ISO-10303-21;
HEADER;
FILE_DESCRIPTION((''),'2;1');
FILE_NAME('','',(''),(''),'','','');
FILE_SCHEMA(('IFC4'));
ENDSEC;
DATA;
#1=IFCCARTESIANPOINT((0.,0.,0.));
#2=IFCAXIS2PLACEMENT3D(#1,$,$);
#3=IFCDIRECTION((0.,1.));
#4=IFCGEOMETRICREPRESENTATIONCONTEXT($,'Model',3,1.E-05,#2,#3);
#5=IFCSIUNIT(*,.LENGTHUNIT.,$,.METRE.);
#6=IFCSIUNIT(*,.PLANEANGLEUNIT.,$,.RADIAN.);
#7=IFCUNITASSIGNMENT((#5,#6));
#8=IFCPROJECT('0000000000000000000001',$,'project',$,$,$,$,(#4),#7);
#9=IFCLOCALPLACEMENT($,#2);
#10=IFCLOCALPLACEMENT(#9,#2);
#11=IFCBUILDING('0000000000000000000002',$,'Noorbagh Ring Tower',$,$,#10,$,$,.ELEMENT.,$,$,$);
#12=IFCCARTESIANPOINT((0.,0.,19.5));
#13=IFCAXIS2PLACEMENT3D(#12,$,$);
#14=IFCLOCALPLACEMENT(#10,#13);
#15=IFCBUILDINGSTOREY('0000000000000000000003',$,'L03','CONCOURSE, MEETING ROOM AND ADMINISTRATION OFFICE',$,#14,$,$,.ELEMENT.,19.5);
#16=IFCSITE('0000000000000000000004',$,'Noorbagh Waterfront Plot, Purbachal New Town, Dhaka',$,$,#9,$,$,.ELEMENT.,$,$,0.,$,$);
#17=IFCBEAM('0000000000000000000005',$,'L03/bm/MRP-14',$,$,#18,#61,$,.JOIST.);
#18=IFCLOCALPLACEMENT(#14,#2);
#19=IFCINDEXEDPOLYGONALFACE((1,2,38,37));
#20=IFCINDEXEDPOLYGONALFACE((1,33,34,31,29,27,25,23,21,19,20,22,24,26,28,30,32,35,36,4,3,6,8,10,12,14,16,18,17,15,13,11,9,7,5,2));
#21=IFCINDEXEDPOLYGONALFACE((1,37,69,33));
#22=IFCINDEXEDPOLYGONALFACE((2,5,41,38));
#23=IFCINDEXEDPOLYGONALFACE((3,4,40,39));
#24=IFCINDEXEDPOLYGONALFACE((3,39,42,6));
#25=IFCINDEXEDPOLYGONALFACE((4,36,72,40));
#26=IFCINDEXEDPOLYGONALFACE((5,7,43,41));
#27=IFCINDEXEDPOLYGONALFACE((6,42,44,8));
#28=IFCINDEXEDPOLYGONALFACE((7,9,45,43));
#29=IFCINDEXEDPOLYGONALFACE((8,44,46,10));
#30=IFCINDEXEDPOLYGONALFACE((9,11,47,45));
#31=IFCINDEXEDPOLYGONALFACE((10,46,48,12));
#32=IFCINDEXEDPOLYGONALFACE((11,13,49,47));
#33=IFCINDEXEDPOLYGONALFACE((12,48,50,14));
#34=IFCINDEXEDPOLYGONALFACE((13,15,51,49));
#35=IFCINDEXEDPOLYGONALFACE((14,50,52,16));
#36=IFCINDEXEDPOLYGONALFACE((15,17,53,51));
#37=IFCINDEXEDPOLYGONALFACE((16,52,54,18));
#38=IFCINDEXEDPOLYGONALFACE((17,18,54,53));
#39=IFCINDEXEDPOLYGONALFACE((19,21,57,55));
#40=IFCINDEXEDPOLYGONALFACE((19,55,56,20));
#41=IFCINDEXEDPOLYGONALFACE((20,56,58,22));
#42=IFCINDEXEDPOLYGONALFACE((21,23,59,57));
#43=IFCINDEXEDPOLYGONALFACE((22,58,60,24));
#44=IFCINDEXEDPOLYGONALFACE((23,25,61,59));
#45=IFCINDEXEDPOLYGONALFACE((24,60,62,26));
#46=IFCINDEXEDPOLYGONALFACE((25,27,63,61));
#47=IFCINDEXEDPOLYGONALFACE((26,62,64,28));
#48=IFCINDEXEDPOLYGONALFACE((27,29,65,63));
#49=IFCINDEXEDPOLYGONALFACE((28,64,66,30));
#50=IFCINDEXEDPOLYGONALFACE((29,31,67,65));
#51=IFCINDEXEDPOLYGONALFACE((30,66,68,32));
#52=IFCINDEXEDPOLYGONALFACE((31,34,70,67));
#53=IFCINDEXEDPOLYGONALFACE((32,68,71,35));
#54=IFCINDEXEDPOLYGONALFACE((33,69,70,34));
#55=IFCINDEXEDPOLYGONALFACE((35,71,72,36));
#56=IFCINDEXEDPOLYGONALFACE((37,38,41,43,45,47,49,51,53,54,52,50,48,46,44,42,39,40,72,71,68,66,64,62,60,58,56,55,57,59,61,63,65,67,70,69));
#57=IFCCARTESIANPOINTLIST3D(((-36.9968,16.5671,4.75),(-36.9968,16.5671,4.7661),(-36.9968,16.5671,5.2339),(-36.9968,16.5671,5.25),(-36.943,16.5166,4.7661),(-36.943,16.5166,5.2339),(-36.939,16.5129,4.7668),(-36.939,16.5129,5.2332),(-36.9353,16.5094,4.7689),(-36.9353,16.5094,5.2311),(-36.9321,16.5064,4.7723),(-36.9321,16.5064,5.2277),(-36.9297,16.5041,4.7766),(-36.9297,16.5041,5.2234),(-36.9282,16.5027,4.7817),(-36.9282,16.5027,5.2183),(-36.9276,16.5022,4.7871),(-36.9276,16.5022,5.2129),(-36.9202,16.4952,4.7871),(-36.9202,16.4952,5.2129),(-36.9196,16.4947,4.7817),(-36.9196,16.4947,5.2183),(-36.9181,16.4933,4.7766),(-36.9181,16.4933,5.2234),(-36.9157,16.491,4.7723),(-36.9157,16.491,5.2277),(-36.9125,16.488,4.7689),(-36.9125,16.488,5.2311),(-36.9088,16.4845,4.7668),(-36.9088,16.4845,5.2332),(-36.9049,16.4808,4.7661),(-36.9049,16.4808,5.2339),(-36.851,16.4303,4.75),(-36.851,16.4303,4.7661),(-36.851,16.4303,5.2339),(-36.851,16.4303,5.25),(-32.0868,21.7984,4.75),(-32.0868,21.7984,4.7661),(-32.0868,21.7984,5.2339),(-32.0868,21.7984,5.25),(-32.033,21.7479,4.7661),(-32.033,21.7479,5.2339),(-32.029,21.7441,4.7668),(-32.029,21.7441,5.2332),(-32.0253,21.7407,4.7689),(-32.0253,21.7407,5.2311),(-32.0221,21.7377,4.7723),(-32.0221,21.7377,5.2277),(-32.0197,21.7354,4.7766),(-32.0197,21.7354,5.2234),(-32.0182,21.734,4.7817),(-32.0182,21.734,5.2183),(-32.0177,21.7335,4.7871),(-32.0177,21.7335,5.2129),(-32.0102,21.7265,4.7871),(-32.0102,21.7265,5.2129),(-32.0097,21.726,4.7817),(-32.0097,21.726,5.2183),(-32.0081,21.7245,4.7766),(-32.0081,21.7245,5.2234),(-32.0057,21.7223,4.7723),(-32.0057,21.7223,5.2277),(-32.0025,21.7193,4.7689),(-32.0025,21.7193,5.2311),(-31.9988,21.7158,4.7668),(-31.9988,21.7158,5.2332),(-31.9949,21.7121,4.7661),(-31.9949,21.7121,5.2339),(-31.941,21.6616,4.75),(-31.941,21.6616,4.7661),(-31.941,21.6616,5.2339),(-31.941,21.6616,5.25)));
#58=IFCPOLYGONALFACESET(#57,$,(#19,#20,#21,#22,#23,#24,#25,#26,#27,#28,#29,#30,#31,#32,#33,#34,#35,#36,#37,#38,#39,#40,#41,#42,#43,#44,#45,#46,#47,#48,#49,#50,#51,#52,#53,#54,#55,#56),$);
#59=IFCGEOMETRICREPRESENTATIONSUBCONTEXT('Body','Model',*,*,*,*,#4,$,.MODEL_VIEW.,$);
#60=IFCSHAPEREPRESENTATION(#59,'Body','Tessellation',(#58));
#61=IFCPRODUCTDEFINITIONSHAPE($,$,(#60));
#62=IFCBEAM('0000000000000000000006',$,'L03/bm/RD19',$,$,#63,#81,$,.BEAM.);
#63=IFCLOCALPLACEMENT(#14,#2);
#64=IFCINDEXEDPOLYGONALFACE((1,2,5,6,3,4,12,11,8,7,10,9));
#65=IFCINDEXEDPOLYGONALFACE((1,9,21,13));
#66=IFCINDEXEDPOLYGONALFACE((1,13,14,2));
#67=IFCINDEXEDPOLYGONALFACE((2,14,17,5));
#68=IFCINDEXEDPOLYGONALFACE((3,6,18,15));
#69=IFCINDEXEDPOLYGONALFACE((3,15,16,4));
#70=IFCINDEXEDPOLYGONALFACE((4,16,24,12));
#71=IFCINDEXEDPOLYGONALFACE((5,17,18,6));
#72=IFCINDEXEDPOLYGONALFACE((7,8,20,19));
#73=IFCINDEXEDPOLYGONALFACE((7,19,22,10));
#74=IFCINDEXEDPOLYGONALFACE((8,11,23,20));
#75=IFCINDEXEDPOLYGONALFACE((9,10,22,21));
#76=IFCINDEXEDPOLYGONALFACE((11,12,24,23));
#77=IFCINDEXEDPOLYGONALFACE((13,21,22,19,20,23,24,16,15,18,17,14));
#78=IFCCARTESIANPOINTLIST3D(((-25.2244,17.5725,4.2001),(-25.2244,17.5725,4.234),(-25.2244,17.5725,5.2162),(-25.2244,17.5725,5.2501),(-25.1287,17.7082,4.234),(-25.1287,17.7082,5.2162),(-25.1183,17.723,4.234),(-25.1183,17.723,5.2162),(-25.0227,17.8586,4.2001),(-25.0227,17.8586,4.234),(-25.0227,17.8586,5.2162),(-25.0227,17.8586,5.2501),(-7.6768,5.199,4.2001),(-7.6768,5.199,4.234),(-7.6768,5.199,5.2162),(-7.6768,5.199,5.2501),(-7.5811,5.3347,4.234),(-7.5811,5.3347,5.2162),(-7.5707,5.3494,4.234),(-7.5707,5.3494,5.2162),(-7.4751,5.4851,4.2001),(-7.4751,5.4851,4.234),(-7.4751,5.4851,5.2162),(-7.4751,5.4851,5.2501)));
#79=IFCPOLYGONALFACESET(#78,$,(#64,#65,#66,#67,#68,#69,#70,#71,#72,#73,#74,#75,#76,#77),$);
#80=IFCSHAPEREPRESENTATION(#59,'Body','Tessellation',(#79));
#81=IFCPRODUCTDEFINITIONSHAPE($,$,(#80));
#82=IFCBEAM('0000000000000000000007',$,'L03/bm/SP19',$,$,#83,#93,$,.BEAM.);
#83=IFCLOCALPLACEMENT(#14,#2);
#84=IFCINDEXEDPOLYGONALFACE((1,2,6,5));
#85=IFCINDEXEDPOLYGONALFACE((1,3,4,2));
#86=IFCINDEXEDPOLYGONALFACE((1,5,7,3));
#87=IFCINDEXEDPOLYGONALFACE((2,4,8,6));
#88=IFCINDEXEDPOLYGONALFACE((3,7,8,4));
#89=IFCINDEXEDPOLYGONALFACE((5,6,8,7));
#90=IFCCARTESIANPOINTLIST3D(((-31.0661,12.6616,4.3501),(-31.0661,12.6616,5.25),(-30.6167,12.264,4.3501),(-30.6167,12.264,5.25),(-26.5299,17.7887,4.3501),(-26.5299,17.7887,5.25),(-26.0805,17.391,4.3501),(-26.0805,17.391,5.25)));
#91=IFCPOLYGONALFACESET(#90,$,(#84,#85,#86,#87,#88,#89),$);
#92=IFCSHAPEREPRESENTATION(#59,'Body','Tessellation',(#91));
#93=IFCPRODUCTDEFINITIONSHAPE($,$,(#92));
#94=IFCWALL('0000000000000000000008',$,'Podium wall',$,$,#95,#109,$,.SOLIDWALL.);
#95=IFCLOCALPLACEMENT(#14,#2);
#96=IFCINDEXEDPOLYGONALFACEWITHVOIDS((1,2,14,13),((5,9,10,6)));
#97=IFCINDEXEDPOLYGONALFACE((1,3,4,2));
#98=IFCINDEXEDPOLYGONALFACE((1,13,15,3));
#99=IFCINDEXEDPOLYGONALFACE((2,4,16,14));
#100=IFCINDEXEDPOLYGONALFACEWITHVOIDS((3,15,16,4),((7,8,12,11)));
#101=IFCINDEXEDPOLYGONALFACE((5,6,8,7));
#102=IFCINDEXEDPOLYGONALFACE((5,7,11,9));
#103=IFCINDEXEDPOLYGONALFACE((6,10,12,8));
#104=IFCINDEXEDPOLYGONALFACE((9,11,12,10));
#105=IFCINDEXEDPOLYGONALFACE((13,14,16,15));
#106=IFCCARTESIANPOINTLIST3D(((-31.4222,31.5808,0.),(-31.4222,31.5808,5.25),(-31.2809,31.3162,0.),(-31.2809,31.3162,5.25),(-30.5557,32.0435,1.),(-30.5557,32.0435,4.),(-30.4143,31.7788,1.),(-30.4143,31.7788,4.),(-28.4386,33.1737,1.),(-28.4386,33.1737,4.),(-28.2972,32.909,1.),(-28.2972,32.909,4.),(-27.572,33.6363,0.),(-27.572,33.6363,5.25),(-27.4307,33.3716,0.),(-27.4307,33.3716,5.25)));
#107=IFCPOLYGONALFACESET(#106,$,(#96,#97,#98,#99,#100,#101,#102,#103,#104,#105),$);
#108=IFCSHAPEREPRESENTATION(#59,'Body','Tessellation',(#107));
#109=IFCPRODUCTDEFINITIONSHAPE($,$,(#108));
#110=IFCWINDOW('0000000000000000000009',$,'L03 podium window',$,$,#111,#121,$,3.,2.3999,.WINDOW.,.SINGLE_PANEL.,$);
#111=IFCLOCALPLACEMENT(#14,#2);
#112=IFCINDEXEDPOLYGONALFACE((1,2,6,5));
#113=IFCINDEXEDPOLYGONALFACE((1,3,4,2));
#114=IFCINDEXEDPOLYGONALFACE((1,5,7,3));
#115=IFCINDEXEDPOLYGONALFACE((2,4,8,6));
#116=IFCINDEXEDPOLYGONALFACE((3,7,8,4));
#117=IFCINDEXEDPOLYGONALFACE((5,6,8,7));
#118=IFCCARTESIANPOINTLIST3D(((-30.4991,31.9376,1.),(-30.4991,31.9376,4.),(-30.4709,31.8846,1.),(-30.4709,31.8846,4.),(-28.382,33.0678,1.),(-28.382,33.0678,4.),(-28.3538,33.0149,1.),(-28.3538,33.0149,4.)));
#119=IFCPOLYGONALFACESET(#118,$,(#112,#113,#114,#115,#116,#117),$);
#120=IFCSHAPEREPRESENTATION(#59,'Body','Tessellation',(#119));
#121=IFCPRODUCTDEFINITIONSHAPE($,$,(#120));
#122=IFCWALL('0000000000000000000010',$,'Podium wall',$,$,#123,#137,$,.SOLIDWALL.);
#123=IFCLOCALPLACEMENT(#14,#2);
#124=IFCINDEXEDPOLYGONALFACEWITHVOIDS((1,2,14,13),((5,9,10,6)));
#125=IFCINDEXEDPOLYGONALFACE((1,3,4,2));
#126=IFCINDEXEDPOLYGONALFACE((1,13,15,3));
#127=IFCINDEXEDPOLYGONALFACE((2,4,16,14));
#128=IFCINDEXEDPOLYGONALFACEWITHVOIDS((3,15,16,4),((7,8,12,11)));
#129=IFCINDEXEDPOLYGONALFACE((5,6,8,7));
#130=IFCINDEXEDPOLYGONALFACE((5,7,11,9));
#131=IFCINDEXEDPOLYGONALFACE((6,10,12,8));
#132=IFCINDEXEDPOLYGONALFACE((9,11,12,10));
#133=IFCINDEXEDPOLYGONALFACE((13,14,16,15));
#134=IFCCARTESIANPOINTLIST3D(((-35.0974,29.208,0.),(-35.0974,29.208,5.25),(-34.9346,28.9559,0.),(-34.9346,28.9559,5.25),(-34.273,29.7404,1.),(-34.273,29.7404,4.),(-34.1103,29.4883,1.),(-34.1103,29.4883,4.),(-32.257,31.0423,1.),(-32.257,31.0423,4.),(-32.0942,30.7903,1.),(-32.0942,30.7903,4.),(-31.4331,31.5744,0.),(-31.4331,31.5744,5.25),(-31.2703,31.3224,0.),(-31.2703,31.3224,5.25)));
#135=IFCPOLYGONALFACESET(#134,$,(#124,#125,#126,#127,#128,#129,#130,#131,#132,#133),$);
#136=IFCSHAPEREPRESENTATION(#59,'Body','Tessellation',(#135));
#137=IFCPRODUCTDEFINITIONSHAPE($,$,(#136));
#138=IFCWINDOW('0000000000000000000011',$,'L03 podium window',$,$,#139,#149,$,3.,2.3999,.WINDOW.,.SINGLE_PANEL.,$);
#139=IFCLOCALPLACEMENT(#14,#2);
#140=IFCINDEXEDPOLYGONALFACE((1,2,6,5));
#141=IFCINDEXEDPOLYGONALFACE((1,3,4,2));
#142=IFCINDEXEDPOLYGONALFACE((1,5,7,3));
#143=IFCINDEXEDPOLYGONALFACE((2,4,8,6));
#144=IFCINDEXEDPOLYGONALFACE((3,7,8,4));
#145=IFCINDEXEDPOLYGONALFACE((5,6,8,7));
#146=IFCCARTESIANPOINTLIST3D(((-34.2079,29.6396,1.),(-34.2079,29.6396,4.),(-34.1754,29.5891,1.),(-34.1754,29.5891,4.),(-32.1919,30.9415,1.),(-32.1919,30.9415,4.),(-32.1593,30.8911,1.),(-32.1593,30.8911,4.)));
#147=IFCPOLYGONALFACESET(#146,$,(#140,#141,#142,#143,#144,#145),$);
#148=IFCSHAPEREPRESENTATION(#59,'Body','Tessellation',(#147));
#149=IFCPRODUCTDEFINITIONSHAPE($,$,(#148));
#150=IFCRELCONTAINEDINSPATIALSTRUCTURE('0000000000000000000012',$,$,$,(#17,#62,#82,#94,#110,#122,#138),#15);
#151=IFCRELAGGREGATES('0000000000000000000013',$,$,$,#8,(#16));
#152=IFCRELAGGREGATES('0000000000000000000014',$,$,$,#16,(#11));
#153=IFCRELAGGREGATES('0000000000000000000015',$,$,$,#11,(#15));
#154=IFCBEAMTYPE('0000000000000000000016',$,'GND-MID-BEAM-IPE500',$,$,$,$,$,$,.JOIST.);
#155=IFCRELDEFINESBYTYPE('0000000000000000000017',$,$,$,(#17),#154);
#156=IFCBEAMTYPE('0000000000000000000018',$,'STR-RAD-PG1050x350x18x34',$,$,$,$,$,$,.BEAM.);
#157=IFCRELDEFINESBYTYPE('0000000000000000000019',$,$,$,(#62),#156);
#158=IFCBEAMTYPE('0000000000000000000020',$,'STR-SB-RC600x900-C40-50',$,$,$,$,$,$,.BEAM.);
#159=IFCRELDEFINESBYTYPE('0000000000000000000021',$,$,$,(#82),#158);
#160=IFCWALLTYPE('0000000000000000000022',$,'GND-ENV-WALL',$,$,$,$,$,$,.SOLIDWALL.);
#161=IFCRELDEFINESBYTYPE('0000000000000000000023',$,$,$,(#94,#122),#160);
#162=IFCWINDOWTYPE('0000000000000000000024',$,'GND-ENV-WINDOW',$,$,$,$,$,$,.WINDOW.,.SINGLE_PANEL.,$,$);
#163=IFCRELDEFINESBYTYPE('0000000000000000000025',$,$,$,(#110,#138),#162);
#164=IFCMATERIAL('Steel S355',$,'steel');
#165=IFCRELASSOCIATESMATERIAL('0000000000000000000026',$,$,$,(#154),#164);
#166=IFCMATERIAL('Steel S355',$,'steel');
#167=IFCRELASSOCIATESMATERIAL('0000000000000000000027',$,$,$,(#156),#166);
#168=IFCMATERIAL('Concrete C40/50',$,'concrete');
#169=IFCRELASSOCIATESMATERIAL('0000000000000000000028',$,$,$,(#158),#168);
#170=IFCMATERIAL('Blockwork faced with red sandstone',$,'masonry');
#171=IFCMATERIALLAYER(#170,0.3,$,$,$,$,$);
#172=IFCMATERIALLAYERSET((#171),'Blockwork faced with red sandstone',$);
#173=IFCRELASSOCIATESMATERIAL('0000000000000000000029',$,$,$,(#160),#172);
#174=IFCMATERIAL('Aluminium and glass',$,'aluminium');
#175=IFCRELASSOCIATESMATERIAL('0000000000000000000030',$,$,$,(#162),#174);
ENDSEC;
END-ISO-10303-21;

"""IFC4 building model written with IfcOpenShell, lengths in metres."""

from ifc_helpers import new_model, si_unit, direction, frame, frame_2d, origin, origin_2d, place, context, subcontext, project, spatial, rectangle, i_section, extrude, material, layer, layer_set, material_profile, profile_set, type_object, element, fill, save


model = new_model("IFC4")

# Units and contexts
model_context = context("Model", 3, precision=1e-05, world=origin(), true_north=direction((0.0, 1.0)))
body_context = subcontext(model_context, "Body", "Model", "MODEL_VIEW")
ifc_project = project(units=[si_unit("LENGTHUNIT", "METRE"), si_unit("PLANEANGLEUNIT", "RADIAN")], contexts=[model_context])

# Site, building, storey
site_placement = place(None, origin())
site = spatial("IfcSite", under=ifc_project, at=site_placement, Name="Noorbagh Waterfront Plot, Purbachal New Town, Dhaka", CompositionType="ELEMENT", RefElevation=0.0)
building_placement = place(site_placement, origin())
building = spatial("IfcBuilding", under=site, at=building_placement, Name="Noorbagh Ring Tower", CompositionType="ELEMENT")
storey_placement = place(building_placement, frame((0.0, 0.0, 19.5)))
storey = spatial("IfcBuildingStorey", under=building, at=storey_placement, Name="L03", Description="CONCOURSE, MEETING ROOM AND ADMINISTRATION OFFICE", CompositionType="ELEMENT", Elevation=19.5)

# Beams
ifc_material_1 = material(Name="Steel S355", Category="steel")
ifc_material_profile_1 = material_profile(ifc_material_1, i_section(OverallWidth=0.2, OverallDepth=0.5, WebThickness=0.0103, FlangeThickness=0.0161, FilletRadius=0.021, at=origin_2d()), Name="IPE500")
ifc_profile_set_1 = profile_set([ifc_material_profile_1], Name="Steel S355")
beam_type_1 = type_object("IfcBeamType", Name="GND-MID-BEAM-IPE500", PredefinedType="JOIST", material=ifc_profile_set_1)
beam_1_placement = place(storey_placement, frame((-32.0139, 21.73, 5.0), z_axis=(-0.684361, -0.729143, 0.0), x_axis=(0.729143, -0.684361, 0.0)))
element("IfcBeam", 1, at=beam_1_placement, inside=storey, type_object=beam_type_1, Name="L03/bm/MRP-14", PredefinedType="JOIST", context=body_context, shape_type="SweptSolid", body=[
    extrude(i_section(OverallWidth=0.2, OverallDepth=0.5, WebThickness=0.0103, FlangeThickness=0.0161, FilletRadius=0.021, at=origin_2d()), origin(), (0.0, 0.0, 1.0), 7.1746),
])
ifc_material_2 = material(Name="Steel S355", Category="steel")
ifc_material_profile_2 = material_profile(ifc_material_2, i_section(OverallWidth=0.3501, OverallDepth=1.05, WebThickness=0.0181, FlangeThickness=0.0339, at=origin_2d()), Name="PG1050x350x18x34")
ifc_profile_set_2 = profile_set([ifc_material_profile_2], Name="Steel S355")
beam_type_2 = type_object("IfcBeamType", Name="STR-RAD-PG1050x350x18x34", PredefinedType="BEAM", material=ifc_profile_set_2)
beam_2_placement = place(storey_placement, frame((-25.1235, 17.7156, 4.7251), z_axis=(0.817253, -0.576279, 0.0), x_axis=(0.576279, 0.817253, 0.0)))
element("IfcBeam", 2, at=beam_2_placement, inside=storey, type_object=beam_type_2, Name="L03/bm/RD19", PredefinedType="BEAM", context=body_context, shape_type="SweptSolid", body=[
    extrude(i_section(OverallWidth=0.3501, OverallDepth=1.05, WebThickness=0.0181, FlangeThickness=0.0339, at=origin_2d()), origin(), (0.0, 0.0, 1.0), 21.4714),
])
ifc_material_3 = material(Name="Concrete C40/50", Category="concrete")
ifc_material_profile_3 = material_profile(ifc_material_3, rectangle(XDim=0.6001, YDim=0.8999, at=origin_2d()), Name="RC600x900")
ifc_profile_set_3 = profile_set([ifc_material_profile_3], Name="Concrete C40/50")
beam_type_3 = type_object("IfcBeamType", Name="STR-SB-RC600x900-C40-50", PredefinedType="BEAM", material=ifc_profile_set_3)
beam_3_placement = place(storey_placement, frame((-26.3052, 17.5898, 4.8), z_axis=(-0.662635, -0.748942, 0.0), x_axis=(0.748942, -0.662635, 0.0)))
element("IfcBeam", 3, at=beam_3_placement, inside=storey, type_object=beam_type_3, Name="L03/bm/SP19", PredefinedType="BEAM", context=body_context, shape_type="SweptSolid", body=[
    extrude(rectangle(XDim=0.6001, YDim=0.8999, at=origin_2d()), origin(), (0.0, 0.0, 1.0), 6.8457),
])

# Walls, openings, windows
ifc_material_4 = material(Name="Blockwork faced with red sandstone", Category="masonry")
ifc_layer_1 = layer(ifc_material_4, 0.3)
ifc_layer_set_1 = layer_set([ifc_layer_1], Name="Blockwork faced with red sandstone")
wall_type_1 = type_object("IfcWallType", Name="GND-ENV-WALL", PredefinedType="SOLIDWALL", material=ifc_layer_set_1)
wall_1_placement = place(storey_placement, frame((-27.5015, 33.5039, 0.0), z_axis=(0.0, 0.0, 1.0), x_axis=(-0.882159, -0.470951, 0.0)))
wall_1 = element("IfcWall", 4, at=wall_1_placement, inside=storey, type_object=wall_type_1, Name="Podium wall", PredefinedType="SOLIDWALL", context=body_context, shape_type="SweptSolid", body=[
    extrude(rectangle(XDim=4.3645, YDim=0.3, at=frame_2d((2.1821, 0.0))), origin(), (0.0, 0.0, 1.0), 5.25),
])
opening_1_placement = place(wall_1_placement, frame((0.9822, 0.0, 1.0)))
opening_1 = element("IfcOpeningElement", 5, at=opening_1_placement, cuts=wall_1, PredefinedType="OPENING", context=body_context, shape_type="SweptSolid", body=[
    extrude(rectangle(XDim=2.3999, YDim=3.0, at=frame_2d((1.2, 1.5))), frame((0.0, 0.1602, 0.0), z_axis=(0.0, -1.0, 0.0), x_axis=(1.0, 0.0, 0.0)), (0.0, 0.0, 1.0), 0.3201),
])
ifc_material_5 = material(Name="Aluminium and glass", Category="aluminium")
window_type = type_object("IfcWindowType", Name="GND-ENV-WINDOW", PartitioningType="SINGLE_PANEL", PredefinedType="WINDOW", material=ifc_material_5)
window_1_placement = place(opening_1_placement, origin())
window_1 = element("IfcWindow", 6, at=window_1_placement, inside=storey, type_object=window_type, Name="L03 podium window", OverallHeight=3.0, OverallWidth=2.3999, PartitioningType="SINGLE_PANEL", PredefinedType="WINDOW", context=body_context, shape_type="SweptSolid", body=[
    extrude(rectangle(XDim=2.3999, YDim=3.0, at=frame_2d((1.2, 1.5))), frame((0.0, 0.03, 0.0), z_axis=(0.0, -1.0, 0.0), x_axis=(1.0, 0.0, 0.0)), (0.0, 0.0, 1.0), 0.0601),
])
fill(opening_1, window_1)
wall_2_placement = place(storey_placement, frame((-31.3516, 31.4485, 0.0), z_axis=(0.0, 0.0, 1.0), x_axis=(-0.840047, -0.542513, 0.0)))
wall_2 = element("IfcWall", 7, at=wall_2_placement, inside=storey, type_object=wall_type_1, Name="Podium wall", PredefinedType="SOLIDWALL", context=body_context, shape_type="SweptSolid", body=[
    extrude(rectangle(XDim=4.3621, YDim=0.3, at=frame_2d((2.1812, 0.0))), origin(), (0.0, 0.0, 1.0), 5.25),
])
opening_2_placement = place(wall_2_placement, frame((0.981, 0.0, 1.0)))
opening_2 = element("IfcOpeningElement", 8, at=opening_2_placement, cuts=wall_2, PredefinedType="OPENING", context=body_context, shape_type="SweptSolid", body=[
    extrude(rectangle(XDim=2.3999, YDim=3.0, at=frame_2d((1.2, 1.5))), frame((0.0, 0.1602, 0.0), z_axis=(0.0, -1.0, 0.0), x_axis=(1.0, 0.0, 0.0)), (0.0, 0.0, 1.0), 0.3201),
])
window_2_placement = place(opening_2_placement, origin())
window_2 = element("IfcWindow", 9, at=window_2_placement, inside=storey, type_object=window_type, Name="L03 podium window", OverallHeight=3.0, OverallWidth=2.3999, PartitioningType="SINGLE_PANEL", PredefinedType="WINDOW", context=body_context, shape_type="SweptSolid", body=[
    extrude(rectangle(XDim=2.3999, YDim=3.0, at=frame_2d((1.2, 1.5))), frame((0.0, 0.03, 0.0), z_axis=(0.0, -1.0, 0.0), x_axis=(1.0, 0.0, 0.0)), (0.0, 0.0, 1.0), 0.0601),
])
fill(opening_2, window_2)

save(model, "model.ifc")
